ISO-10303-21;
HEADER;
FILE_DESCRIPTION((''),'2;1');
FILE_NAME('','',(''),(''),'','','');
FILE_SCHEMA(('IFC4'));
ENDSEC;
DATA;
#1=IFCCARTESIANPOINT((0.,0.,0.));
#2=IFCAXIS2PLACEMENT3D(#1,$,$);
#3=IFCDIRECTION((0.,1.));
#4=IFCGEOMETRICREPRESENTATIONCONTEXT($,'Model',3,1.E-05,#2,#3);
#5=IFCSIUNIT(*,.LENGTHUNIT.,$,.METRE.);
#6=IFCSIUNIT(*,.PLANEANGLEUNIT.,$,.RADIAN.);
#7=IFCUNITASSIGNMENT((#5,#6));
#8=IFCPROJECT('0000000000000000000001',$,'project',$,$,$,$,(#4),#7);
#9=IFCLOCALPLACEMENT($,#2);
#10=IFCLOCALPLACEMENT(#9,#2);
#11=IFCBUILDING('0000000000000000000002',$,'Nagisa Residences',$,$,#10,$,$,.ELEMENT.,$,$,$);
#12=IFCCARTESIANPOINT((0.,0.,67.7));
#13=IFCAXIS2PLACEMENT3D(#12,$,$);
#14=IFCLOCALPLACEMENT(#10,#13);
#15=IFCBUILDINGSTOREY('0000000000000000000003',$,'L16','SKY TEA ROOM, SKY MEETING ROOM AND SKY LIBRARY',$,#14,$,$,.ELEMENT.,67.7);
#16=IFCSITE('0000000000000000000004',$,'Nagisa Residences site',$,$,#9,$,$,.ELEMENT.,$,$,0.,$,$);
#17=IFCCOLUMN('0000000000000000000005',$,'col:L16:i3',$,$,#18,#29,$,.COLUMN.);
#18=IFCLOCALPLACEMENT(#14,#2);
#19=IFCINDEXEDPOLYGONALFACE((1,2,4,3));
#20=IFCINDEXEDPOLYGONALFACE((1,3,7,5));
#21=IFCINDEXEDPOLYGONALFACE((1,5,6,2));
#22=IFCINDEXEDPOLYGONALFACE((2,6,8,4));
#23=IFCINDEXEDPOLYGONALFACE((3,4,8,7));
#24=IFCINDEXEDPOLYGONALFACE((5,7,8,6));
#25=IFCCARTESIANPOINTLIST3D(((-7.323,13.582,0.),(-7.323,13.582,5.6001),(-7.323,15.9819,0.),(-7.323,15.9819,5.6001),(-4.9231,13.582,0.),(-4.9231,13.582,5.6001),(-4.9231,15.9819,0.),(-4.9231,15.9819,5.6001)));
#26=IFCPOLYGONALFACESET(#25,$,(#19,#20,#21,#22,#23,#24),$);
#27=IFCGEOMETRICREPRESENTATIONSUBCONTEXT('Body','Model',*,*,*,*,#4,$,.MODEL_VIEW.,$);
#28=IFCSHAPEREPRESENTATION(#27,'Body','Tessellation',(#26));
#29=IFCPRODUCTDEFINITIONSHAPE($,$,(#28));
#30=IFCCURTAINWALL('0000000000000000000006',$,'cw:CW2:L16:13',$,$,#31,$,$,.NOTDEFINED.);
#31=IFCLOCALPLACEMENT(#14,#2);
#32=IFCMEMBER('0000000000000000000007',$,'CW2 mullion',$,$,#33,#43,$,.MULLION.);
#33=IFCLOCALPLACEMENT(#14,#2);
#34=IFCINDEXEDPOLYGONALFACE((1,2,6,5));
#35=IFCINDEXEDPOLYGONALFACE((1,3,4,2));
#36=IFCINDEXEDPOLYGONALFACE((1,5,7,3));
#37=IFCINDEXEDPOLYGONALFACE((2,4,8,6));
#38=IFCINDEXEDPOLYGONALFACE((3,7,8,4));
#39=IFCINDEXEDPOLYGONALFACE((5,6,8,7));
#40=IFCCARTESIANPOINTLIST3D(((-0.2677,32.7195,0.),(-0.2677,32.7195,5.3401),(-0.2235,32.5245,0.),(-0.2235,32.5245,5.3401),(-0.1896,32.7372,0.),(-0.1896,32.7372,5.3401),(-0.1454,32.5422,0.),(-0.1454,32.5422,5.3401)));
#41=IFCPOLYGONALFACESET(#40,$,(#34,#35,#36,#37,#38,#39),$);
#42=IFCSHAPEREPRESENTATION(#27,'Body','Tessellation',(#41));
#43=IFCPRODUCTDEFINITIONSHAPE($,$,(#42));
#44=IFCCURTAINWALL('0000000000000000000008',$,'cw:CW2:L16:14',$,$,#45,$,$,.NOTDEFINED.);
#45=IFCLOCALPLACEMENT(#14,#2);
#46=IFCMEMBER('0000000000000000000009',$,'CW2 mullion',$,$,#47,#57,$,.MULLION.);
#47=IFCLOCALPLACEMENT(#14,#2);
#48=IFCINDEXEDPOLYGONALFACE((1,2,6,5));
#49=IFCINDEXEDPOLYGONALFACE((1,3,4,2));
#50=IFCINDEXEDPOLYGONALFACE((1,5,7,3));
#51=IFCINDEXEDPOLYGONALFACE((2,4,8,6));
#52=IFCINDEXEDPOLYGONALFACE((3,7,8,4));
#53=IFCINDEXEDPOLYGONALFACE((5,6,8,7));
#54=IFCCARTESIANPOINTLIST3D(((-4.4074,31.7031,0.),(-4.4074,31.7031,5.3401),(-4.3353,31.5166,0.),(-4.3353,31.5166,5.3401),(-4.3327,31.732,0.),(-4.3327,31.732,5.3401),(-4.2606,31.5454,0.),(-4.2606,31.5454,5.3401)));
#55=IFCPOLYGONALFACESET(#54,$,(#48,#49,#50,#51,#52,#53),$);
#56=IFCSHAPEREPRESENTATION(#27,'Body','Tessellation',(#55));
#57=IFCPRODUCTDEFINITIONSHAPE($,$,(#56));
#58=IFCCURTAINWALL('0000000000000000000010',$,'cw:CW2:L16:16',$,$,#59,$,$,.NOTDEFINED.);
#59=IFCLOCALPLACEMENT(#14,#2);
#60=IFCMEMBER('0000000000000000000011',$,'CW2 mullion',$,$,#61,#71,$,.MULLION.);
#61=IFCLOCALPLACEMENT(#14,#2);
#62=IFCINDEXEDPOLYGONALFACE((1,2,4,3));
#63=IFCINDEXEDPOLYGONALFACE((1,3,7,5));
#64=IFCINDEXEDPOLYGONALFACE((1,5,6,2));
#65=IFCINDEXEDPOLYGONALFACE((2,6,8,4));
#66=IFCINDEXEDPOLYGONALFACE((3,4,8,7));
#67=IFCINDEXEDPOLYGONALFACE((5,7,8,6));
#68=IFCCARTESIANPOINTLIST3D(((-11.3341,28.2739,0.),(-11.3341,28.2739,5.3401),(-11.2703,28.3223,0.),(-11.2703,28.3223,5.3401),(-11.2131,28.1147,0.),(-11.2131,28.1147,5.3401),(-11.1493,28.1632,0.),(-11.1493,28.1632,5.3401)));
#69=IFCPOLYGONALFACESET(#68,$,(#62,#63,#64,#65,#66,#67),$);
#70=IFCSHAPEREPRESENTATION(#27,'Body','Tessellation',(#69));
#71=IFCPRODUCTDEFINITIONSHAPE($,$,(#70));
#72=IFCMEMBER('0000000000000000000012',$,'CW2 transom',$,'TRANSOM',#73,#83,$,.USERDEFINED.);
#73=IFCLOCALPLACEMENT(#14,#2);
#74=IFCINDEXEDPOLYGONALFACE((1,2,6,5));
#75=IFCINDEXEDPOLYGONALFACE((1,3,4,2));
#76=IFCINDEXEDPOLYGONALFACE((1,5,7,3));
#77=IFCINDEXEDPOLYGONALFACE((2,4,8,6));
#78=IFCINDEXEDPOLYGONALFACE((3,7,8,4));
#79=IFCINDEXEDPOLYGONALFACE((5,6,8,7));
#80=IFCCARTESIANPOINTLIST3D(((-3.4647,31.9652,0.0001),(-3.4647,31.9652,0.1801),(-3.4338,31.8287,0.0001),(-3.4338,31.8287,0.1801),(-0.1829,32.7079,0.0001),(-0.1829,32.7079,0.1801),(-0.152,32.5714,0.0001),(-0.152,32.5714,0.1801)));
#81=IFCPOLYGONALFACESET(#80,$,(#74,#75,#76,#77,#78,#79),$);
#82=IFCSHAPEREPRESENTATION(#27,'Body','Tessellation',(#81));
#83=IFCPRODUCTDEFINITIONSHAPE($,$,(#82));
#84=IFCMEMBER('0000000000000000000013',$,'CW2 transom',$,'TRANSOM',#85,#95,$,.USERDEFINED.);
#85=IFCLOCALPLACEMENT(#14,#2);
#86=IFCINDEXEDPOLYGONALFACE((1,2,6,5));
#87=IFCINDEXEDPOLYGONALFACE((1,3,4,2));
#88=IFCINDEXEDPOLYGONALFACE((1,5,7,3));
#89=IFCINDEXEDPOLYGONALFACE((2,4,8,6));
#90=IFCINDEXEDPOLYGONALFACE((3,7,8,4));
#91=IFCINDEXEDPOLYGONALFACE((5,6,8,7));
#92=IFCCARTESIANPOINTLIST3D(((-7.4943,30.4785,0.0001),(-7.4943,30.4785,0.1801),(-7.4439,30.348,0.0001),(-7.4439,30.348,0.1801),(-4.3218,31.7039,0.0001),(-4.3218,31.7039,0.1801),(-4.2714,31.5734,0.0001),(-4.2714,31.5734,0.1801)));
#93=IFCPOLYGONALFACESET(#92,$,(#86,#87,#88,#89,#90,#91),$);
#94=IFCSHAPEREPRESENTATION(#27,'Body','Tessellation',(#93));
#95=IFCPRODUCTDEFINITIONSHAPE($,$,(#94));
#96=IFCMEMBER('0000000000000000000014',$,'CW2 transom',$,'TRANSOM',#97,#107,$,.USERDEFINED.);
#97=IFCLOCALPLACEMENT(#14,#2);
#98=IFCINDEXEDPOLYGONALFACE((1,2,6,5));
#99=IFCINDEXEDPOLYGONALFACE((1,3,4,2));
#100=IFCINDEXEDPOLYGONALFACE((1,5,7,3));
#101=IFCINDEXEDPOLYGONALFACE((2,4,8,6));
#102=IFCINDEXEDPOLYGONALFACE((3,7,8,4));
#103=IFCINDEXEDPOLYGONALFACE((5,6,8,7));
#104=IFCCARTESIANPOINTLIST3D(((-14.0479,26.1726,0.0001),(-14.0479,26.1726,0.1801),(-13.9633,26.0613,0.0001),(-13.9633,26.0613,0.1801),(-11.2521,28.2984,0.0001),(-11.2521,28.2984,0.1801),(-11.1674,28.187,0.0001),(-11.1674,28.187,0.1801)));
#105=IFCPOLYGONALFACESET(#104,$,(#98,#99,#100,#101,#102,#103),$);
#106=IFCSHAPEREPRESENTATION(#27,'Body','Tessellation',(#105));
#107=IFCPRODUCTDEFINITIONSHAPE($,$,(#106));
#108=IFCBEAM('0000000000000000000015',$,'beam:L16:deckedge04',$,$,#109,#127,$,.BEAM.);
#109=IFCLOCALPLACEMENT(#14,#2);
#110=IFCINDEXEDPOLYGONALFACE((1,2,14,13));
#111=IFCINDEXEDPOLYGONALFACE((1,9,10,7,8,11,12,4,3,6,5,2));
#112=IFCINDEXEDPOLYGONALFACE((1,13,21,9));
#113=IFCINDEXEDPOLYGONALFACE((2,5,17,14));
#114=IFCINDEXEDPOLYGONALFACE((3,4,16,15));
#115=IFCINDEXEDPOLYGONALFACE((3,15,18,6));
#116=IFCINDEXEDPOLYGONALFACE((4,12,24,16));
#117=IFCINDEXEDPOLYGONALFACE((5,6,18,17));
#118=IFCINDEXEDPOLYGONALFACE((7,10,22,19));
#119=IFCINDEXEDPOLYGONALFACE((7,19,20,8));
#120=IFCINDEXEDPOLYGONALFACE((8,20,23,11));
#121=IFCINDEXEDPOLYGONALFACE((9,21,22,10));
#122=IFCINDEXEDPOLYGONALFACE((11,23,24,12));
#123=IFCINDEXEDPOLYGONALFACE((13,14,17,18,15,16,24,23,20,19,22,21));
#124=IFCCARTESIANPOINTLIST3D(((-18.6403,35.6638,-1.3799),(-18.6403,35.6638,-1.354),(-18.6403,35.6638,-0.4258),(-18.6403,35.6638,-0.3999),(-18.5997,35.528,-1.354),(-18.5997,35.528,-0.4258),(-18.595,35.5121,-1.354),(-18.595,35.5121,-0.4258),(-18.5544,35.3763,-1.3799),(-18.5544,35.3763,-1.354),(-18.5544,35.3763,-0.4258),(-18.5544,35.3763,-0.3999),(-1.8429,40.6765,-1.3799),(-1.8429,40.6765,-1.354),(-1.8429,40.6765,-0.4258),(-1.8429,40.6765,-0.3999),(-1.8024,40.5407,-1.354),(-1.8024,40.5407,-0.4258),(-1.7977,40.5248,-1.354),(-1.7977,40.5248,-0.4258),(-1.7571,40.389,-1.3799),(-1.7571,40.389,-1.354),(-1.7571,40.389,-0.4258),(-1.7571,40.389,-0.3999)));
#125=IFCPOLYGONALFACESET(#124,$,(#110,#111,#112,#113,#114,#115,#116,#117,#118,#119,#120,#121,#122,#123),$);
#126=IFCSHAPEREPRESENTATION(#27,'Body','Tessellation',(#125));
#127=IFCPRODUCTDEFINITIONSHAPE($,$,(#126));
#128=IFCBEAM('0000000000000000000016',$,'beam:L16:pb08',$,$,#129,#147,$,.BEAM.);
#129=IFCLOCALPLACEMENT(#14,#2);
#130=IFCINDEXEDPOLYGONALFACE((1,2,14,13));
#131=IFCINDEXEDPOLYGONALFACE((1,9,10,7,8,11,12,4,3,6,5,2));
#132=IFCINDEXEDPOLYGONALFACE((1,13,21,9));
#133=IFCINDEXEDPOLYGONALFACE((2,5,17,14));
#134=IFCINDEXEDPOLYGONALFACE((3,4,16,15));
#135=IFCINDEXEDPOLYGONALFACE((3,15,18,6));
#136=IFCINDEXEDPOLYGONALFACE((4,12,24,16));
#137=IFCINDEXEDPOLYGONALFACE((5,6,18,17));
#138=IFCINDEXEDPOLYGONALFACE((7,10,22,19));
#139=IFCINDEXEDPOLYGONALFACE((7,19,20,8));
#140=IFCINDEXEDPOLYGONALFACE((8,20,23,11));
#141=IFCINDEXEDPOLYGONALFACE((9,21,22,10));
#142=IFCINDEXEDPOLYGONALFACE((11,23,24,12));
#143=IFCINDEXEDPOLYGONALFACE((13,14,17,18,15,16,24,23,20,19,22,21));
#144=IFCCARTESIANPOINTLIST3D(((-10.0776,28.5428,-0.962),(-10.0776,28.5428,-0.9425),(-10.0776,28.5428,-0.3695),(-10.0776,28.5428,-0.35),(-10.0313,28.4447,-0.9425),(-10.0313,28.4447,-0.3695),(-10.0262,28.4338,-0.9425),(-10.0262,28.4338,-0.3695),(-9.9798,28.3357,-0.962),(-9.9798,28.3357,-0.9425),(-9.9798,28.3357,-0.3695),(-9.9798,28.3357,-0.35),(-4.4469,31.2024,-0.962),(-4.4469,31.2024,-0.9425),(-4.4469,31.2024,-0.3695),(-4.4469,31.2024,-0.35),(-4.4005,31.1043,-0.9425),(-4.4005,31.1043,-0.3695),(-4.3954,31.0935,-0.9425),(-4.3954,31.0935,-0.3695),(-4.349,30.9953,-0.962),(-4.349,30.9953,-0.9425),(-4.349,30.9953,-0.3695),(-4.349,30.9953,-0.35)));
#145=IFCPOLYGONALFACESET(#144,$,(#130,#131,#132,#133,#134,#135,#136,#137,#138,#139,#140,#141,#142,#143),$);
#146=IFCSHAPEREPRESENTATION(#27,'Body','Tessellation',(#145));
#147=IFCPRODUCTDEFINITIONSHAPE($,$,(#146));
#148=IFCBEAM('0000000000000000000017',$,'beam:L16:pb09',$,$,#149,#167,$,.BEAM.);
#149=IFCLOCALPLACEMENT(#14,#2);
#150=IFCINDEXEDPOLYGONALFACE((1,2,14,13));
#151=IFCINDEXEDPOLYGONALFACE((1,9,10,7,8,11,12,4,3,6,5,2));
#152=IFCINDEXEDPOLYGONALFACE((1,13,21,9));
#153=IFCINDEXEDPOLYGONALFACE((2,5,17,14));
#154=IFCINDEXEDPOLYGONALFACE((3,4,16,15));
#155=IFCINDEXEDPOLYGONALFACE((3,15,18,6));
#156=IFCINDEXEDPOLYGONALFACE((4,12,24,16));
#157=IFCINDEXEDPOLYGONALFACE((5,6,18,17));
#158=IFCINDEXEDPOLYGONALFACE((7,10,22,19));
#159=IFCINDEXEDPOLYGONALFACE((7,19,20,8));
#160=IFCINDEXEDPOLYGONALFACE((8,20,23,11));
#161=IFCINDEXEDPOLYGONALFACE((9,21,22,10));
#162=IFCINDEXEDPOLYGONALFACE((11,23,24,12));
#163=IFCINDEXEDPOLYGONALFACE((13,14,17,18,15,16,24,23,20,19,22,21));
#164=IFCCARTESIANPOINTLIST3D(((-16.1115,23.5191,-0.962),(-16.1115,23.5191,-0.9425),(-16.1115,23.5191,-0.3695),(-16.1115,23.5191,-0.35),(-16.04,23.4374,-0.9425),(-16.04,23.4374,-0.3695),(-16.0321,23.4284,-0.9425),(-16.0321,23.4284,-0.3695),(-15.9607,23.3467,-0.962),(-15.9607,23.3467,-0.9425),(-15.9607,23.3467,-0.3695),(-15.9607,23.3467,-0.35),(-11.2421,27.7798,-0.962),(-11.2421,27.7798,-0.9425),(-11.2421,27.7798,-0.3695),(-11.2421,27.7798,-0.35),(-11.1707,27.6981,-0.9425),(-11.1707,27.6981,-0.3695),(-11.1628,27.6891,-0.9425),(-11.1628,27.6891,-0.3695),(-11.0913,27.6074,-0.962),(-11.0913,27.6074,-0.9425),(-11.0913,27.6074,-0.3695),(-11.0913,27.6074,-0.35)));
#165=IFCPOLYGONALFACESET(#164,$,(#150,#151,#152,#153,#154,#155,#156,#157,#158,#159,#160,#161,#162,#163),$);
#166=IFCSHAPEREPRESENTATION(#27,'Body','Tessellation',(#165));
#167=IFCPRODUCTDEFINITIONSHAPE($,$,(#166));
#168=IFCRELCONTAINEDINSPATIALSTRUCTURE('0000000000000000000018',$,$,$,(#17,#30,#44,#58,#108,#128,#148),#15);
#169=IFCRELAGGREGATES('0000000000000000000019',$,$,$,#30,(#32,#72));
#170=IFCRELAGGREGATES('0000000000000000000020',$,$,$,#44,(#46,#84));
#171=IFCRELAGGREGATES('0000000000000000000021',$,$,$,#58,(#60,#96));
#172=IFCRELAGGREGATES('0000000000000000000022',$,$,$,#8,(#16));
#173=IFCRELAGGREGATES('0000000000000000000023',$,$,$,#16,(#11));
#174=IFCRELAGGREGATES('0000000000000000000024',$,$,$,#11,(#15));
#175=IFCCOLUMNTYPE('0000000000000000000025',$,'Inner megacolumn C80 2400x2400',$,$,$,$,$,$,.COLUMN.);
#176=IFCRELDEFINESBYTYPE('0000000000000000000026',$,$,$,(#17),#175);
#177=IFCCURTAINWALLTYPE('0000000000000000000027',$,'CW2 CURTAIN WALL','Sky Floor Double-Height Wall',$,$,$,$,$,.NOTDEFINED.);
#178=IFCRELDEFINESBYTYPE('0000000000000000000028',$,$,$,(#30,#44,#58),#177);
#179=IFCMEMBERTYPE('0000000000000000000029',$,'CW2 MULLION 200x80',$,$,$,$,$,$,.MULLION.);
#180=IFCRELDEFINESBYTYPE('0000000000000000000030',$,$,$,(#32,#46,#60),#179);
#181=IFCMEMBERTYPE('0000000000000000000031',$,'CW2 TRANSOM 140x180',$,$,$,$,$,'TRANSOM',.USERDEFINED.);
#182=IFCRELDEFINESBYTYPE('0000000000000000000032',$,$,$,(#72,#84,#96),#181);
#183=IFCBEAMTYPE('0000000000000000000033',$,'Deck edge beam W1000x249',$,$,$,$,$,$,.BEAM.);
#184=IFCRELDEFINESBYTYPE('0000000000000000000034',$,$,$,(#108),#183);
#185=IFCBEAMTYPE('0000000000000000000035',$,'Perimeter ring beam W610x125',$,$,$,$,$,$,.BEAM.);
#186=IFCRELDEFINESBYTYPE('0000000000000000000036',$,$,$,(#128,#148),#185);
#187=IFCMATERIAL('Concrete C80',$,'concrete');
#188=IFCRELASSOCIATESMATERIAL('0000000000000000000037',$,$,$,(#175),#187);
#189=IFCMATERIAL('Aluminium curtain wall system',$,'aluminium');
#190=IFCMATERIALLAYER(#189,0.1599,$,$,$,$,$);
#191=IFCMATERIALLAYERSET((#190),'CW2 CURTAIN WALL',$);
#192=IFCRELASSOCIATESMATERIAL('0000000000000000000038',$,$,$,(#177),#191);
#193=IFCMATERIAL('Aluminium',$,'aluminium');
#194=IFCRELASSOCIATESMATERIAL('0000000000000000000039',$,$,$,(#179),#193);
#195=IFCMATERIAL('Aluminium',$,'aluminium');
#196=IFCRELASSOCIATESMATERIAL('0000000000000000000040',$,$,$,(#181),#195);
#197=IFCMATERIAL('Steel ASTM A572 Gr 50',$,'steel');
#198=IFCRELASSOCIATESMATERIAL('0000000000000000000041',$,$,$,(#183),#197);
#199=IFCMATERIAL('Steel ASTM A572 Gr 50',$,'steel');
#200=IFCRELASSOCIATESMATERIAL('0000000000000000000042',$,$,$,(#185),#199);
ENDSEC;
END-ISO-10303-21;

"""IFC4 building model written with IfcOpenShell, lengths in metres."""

from ifc_helpers import new_model, si_unit, direction, frame, origin, origin_2d, place, context, subcontext, project, spatial, rectangle, i_section, extrude, material, layer, layer_set, material_profile, profile_set, type_object, element, aggregate, save


model = new_model("IFC4")

# Units and contexts
model_context = context("Model", 3, precision=1e-05, world=origin(), true_north=direction((0.0, 1.0)))
body_context = subcontext(model_context, "Body", "Model", "MODEL_VIEW")
ifc_project = project(units=[si_unit("LENGTHUNIT", "METRE"), si_unit("PLANEANGLEUNIT", "RADIAN")], contexts=[model_context])

# Site, building, storey
site_placement = place(None, origin())
site = spatial("IfcSite", under=ifc_project, at=site_placement, Name="Nagisa Residences site", CompositionType="ELEMENT", RefElevation=0.0)
building_placement = place(site_placement, origin())
building = spatial("IfcBuilding", under=site, at=building_placement, Name="Nagisa Residences", CompositionType="ELEMENT")
storey_placement = place(building_placement, frame((0.0, 0.0, 67.7)))
storey = spatial("IfcBuildingStorey", under=building, at=storey_placement, Name="L16", Description="SKY TEA ROOM, SKY MEETING ROOM AND SKY LIBRARY", CompositionType="ELEMENT", Elevation=67.7)

# Column
ifc_material_1 = material(Name="Concrete C80", Category="concrete")
ifc_material_profile_1 = material_profile(ifc_material_1, rectangle(XDim=2.3999, YDim=2.3999, at=origin_2d()), Name="C80 2400x2400")
ifc_profile_set_1 = profile_set([ifc_material_profile_1], Name="Concrete C80")
column_type = type_object("IfcColumnType", Name="Inner megacolumn C80 2400x2400", PredefinedType="COLUMN", material=ifc_profile_set_1)
column_placement = place(storey_placement, frame((-6.123, 14.782, 0.0), z_axis=(0.0, 0.0, 1.0), x_axis=(1.0, 0.0, 0.0)))
element("IfcColumn", 1, at=column_placement, inside=storey, type_object=column_type, Name="col:L16:i3", PredefinedType="COLUMN", context=body_context, shape_type="SweptSolid", body=[
    extrude(rectangle(XDim=2.3999, YDim=2.3999, at=origin_2d()), origin(), (0.0, 0.0, 1.0), 5.6001),
])

# Curtain walls, members
ifc_material_2 = material(Name="Aluminium curtain wall system", Category="aluminium")
ifc_layer_1 = layer(ifc_material_2, 0.1599)
ifc_layer_set_1 = layer_set([ifc_layer_1], Name="CW2 CURTAIN WALL")
curtain_wall_type = type_object("IfcCurtainWallType", Name="CW2 CURTAIN WALL", Description="Sky Floor Double-Height Wall", PredefinedType="NOTDEFINED", material=ifc_layer_set_1)
curtain_wall_1_placement = place(storey_placement, origin())
curtain_wall_1 = element("IfcCurtainWall", 2, at=curtain_wall_1_placement, inside=storey, type_object=curtain_wall_type, Name="cw:CW2:L16:13", PredefinedType="NOTDEFINED")
ifc_material_3 = material(Name="Aluminium", Category="aluminium")
ifc_material_profile_2 = material_profile(ifc_material_3, rectangle(XDim=0.2, YDim=0.0801, at=origin_2d()), Name="CW2 MULLION 200x80")
ifc_profile_set_2 = profile_set([ifc_material_profile_2], Name="Aluminium")
member_type_1 = type_object("IfcMemberType", Name="CW2 MULLION 200x80", PredefinedType="MULLION", material=ifc_profile_set_2)
member_1_placement = place(storey_placement, frame((-0.2065, 32.6309, 0.0), z_axis=(0.0, 0.0, 1.0), x_axis=(0.220764, -0.975327, 0.0)))
member_1 = element("IfcMember", 3, at=member_1_placement, type_object=member_type_1, Name="CW2 mullion", PredefinedType="MULLION", context=body_context, shape_type="SweptSolid", body=[
    extrude(rectangle(XDim=0.2, YDim=0.0801, at=origin_2d()), origin(), (0.0, 0.0, 1.0), 5.3401),
])
curtain_wall_2_placement = place(storey_placement, origin())
curtain_wall_2 = element("IfcCurtainWall", 4, at=curtain_wall_2_placement, inside=storey, type_object=curtain_wall_type, Name="cw:CW2:L16:14", PredefinedType="NOTDEFINED")
member_2_placement = place(storey_placement, frame((-4.334, 31.6243, 0.0), z_axis=(0.0, 0.0, 1.0), x_axis=(0.360328, -0.932826, 0.0)))
member_2 = element("IfcMember", 5, at=member_2_placement, type_object=member_type_1, Name="CW2 mullion", PredefinedType="MULLION", context=body_context, shape_type="SweptSolid", body=[
    extrude(rectangle(XDim=0.2, YDim=0.0801, at=origin_2d()), origin(), (0.0, 0.0, 1.0), 5.3401),
])
curtain_wall_3_placement = place(storey_placement, origin())
curtain_wall_3 = element("IfcCurtainWall", 6, at=curtain_wall_3_placement, inside=storey, type_object=curtain_wall_type, Name="cw:CW2:L16:16", PredefinedType="NOTDEFINED")
member_3_placement = place(storey_placement, frame((-11.2417, 28.2185, 0.0), z_axis=(0.0, 0.0, 1.0), x_axis=(0.605255, -0.796031, 0.0)))
member_3 = element("IfcMember", 7, at=member_3_placement, type_object=member_type_1, Name="CW2 mullion", PredefinedType="MULLION", context=body_context, shape_type="SweptSolid", body=[
    extrude(rectangle(XDim=0.2, YDim=0.0801, at=origin_2d()), origin(), (0.0, 0.0, 1.0), 5.3401),
])

# Members
ifc_material_4 = material(Name="Aluminium", Category="aluminium")
ifc_material_profile_3 = material_profile(ifc_material_4, rectangle(XDim=0.1399, YDim=0.1799, at=origin_2d()), Name="CW2 TRANSOM 140x180")
ifc_profile_set_3 = profile_set([ifc_material_profile_3], Name="Aluminium")
member_type_2 = type_object("IfcMemberType", Name="CW2 TRANSOM 140x180", ElementType="TRANSOM", PredefinedType="USERDEFINED", material=ifc_profile_set_3)
member_4_placement = place(storey_placement, frame((-0.1675, 32.6396, 0.0901), z_axis=(-0.975336, -0.220724, 0.0), x_axis=(0.220724, -0.975336, 0.0)))
member_4 = element("IfcMember", 8, at=member_4_placement, type_object=member_type_2, Name="CW2 transom", ObjectType="TRANSOM", PredefinedType="USERDEFINED", context=body_context, shape_type="SweptSolid", body=[
    extrude(rectangle(XDim=0.1399, YDim=0.1799, at=origin_2d()), origin(), (0.0, 0.0, 1.0), 3.3647),
])
member_5_placement = place(storey_placement, frame((-4.2966, 31.6387, 0.0901), z_axis=(-0.932832, -0.360311, 0.0), x_axis=(0.360311, -0.932832, 0.0)))
member_5 = element("IfcMember", 9, at=member_5_placement, type_object=member_type_2, Name="CW2 transom", ObjectType="TRANSOM", PredefinedType="USERDEFINED", context=body_context, shape_type="SweptSolid", body=[
    extrude(rectangle(XDim=0.1399, YDim=0.1799, at=origin_2d()), origin(), (0.0, 0.0, 1.0), 3.4009),
])
member_6_placement = place(storey_placement, frame((-11.2097, 28.2427, 0.0901), z_axis=(-0.796046, -0.605237, 0.0), x_axis=(0.605237, -0.796046, 0.0)))
member_6 = element("IfcMember", 10, at=member_6_placement, type_object=member_type_2, Name="CW2 transom", ObjectType="TRANSOM", PredefinedType="USERDEFINED", context=body_context, shape_type="SweptSolid", body=[
    extrude(rectangle(XDim=0.1399, YDim=0.1799, at=origin_2d()), origin(), (0.0, 0.0, 1.0), 3.5122),
])

# Beams
ifc_material_5 = material(Name="Steel ASTM A572 Gr 50", Category="steel")
ifc_material_profile_4 = material_profile(ifc_material_5, i_section(OverallWidth=0.3, OverallDepth=0.98, WebThickness=0.0166, FlangeThickness=0.0259, at=origin_2d()), Name="W1000x249")
ifc_profile_set_4 = profile_set([ifc_material_profile_4], Name="Steel ASTM A572 Gr 50")
beam_type_1 = type_object("IfcBeamType", Name="Deck edge beam W1000x249", PredefinedType="BEAM", material=ifc_profile_set_4)
beam_1_placement = place(storey_placement, frame((-1.8, 40.5327, -0.8899), z_axis=(-0.958242, -0.28596, 0.0), x_axis=(0.28596, -0.958242, 0.0)))
element("IfcBeam", 11, at=beam_1_placement, inside=storey, type_object=beam_type_1, Name="beam:L16:deckedge04", PredefinedType="BEAM", context=body_context, shape_type="SweptSolid", body=[
    extrude(i_section(OverallWidth=0.3, OverallDepth=0.98, WebThickness=0.0166, FlangeThickness=0.0259, at=origin_2d()), origin(), (0.0, 0.0, 1.0), 17.5293),
])
ifc_material_6 = material(Name="Steel ASTM A572 Gr 50", Category="steel")
ifc_material_profile_5 = material_profile(ifc_material_6, i_section(OverallWidth=0.229, OverallDepth=0.6121, WebThickness=0.012, FlangeThickness=0.0195, at=origin_2d()), Name="W610x125")
ifc_profile_set_5 = profile_set([ifc_material_profile_5], Name="Steel ASTM A572 Gr 50")
beam_type_2 = type_object("IfcBeamType", Name="Perimeter ring beam W610x125", PredefinedType="BEAM", material=ifc_profile_set_5)
beam_2_placement = place(storey_placement, frame((-4.3979, 31.0989, -0.656), z_axis=(-0.904208, -0.427092, 0.0), x_axis=(0.427092, -0.904208, 0.0)))
element("IfcBeam", 12, at=beam_2_placement, inside=storey, type_object=beam_type_2, Name="beam:L16:pb08", PredefinedType="BEAM", context=body_context, shape_type="SweptSolid", body=[
    extrude(i_section(OverallWidth=0.229, OverallDepth=0.6121, WebThickness=0.012, FlangeThickness=0.0195, at=origin_2d()), origin(), (0.0, 0.0, 1.0), 6.2273),
])
beam_3_placement = place(storey_placement, frame((-11.1667, 27.6936, -0.656), z_axis=(-0.752574, -0.658507, 0.0), x_axis=(0.658507, -0.752574, 0.0)))
element("IfcBeam", 13, at=beam_3_placement, inside=storey, type_object=beam_type_2, Name="beam:L16:pb09", PredefinedType="BEAM", context=body_context, shape_type="SweptSolid", body=[
    extrude(i_section(OverallWidth=0.229, OverallDepth=0.6121, WebThickness=0.012, FlangeThickness=0.0195, at=origin_2d()), origin(), (0.0, 0.0, 1.0), 6.4702),
])

aggregate(curtain_wall_1, [member_1, member_4])
aggregate(curtain_wall_2, [member_2, member_5])
aggregate(curtain_wall_3, [member_3, member_6])

save(model, "model.ifc")
